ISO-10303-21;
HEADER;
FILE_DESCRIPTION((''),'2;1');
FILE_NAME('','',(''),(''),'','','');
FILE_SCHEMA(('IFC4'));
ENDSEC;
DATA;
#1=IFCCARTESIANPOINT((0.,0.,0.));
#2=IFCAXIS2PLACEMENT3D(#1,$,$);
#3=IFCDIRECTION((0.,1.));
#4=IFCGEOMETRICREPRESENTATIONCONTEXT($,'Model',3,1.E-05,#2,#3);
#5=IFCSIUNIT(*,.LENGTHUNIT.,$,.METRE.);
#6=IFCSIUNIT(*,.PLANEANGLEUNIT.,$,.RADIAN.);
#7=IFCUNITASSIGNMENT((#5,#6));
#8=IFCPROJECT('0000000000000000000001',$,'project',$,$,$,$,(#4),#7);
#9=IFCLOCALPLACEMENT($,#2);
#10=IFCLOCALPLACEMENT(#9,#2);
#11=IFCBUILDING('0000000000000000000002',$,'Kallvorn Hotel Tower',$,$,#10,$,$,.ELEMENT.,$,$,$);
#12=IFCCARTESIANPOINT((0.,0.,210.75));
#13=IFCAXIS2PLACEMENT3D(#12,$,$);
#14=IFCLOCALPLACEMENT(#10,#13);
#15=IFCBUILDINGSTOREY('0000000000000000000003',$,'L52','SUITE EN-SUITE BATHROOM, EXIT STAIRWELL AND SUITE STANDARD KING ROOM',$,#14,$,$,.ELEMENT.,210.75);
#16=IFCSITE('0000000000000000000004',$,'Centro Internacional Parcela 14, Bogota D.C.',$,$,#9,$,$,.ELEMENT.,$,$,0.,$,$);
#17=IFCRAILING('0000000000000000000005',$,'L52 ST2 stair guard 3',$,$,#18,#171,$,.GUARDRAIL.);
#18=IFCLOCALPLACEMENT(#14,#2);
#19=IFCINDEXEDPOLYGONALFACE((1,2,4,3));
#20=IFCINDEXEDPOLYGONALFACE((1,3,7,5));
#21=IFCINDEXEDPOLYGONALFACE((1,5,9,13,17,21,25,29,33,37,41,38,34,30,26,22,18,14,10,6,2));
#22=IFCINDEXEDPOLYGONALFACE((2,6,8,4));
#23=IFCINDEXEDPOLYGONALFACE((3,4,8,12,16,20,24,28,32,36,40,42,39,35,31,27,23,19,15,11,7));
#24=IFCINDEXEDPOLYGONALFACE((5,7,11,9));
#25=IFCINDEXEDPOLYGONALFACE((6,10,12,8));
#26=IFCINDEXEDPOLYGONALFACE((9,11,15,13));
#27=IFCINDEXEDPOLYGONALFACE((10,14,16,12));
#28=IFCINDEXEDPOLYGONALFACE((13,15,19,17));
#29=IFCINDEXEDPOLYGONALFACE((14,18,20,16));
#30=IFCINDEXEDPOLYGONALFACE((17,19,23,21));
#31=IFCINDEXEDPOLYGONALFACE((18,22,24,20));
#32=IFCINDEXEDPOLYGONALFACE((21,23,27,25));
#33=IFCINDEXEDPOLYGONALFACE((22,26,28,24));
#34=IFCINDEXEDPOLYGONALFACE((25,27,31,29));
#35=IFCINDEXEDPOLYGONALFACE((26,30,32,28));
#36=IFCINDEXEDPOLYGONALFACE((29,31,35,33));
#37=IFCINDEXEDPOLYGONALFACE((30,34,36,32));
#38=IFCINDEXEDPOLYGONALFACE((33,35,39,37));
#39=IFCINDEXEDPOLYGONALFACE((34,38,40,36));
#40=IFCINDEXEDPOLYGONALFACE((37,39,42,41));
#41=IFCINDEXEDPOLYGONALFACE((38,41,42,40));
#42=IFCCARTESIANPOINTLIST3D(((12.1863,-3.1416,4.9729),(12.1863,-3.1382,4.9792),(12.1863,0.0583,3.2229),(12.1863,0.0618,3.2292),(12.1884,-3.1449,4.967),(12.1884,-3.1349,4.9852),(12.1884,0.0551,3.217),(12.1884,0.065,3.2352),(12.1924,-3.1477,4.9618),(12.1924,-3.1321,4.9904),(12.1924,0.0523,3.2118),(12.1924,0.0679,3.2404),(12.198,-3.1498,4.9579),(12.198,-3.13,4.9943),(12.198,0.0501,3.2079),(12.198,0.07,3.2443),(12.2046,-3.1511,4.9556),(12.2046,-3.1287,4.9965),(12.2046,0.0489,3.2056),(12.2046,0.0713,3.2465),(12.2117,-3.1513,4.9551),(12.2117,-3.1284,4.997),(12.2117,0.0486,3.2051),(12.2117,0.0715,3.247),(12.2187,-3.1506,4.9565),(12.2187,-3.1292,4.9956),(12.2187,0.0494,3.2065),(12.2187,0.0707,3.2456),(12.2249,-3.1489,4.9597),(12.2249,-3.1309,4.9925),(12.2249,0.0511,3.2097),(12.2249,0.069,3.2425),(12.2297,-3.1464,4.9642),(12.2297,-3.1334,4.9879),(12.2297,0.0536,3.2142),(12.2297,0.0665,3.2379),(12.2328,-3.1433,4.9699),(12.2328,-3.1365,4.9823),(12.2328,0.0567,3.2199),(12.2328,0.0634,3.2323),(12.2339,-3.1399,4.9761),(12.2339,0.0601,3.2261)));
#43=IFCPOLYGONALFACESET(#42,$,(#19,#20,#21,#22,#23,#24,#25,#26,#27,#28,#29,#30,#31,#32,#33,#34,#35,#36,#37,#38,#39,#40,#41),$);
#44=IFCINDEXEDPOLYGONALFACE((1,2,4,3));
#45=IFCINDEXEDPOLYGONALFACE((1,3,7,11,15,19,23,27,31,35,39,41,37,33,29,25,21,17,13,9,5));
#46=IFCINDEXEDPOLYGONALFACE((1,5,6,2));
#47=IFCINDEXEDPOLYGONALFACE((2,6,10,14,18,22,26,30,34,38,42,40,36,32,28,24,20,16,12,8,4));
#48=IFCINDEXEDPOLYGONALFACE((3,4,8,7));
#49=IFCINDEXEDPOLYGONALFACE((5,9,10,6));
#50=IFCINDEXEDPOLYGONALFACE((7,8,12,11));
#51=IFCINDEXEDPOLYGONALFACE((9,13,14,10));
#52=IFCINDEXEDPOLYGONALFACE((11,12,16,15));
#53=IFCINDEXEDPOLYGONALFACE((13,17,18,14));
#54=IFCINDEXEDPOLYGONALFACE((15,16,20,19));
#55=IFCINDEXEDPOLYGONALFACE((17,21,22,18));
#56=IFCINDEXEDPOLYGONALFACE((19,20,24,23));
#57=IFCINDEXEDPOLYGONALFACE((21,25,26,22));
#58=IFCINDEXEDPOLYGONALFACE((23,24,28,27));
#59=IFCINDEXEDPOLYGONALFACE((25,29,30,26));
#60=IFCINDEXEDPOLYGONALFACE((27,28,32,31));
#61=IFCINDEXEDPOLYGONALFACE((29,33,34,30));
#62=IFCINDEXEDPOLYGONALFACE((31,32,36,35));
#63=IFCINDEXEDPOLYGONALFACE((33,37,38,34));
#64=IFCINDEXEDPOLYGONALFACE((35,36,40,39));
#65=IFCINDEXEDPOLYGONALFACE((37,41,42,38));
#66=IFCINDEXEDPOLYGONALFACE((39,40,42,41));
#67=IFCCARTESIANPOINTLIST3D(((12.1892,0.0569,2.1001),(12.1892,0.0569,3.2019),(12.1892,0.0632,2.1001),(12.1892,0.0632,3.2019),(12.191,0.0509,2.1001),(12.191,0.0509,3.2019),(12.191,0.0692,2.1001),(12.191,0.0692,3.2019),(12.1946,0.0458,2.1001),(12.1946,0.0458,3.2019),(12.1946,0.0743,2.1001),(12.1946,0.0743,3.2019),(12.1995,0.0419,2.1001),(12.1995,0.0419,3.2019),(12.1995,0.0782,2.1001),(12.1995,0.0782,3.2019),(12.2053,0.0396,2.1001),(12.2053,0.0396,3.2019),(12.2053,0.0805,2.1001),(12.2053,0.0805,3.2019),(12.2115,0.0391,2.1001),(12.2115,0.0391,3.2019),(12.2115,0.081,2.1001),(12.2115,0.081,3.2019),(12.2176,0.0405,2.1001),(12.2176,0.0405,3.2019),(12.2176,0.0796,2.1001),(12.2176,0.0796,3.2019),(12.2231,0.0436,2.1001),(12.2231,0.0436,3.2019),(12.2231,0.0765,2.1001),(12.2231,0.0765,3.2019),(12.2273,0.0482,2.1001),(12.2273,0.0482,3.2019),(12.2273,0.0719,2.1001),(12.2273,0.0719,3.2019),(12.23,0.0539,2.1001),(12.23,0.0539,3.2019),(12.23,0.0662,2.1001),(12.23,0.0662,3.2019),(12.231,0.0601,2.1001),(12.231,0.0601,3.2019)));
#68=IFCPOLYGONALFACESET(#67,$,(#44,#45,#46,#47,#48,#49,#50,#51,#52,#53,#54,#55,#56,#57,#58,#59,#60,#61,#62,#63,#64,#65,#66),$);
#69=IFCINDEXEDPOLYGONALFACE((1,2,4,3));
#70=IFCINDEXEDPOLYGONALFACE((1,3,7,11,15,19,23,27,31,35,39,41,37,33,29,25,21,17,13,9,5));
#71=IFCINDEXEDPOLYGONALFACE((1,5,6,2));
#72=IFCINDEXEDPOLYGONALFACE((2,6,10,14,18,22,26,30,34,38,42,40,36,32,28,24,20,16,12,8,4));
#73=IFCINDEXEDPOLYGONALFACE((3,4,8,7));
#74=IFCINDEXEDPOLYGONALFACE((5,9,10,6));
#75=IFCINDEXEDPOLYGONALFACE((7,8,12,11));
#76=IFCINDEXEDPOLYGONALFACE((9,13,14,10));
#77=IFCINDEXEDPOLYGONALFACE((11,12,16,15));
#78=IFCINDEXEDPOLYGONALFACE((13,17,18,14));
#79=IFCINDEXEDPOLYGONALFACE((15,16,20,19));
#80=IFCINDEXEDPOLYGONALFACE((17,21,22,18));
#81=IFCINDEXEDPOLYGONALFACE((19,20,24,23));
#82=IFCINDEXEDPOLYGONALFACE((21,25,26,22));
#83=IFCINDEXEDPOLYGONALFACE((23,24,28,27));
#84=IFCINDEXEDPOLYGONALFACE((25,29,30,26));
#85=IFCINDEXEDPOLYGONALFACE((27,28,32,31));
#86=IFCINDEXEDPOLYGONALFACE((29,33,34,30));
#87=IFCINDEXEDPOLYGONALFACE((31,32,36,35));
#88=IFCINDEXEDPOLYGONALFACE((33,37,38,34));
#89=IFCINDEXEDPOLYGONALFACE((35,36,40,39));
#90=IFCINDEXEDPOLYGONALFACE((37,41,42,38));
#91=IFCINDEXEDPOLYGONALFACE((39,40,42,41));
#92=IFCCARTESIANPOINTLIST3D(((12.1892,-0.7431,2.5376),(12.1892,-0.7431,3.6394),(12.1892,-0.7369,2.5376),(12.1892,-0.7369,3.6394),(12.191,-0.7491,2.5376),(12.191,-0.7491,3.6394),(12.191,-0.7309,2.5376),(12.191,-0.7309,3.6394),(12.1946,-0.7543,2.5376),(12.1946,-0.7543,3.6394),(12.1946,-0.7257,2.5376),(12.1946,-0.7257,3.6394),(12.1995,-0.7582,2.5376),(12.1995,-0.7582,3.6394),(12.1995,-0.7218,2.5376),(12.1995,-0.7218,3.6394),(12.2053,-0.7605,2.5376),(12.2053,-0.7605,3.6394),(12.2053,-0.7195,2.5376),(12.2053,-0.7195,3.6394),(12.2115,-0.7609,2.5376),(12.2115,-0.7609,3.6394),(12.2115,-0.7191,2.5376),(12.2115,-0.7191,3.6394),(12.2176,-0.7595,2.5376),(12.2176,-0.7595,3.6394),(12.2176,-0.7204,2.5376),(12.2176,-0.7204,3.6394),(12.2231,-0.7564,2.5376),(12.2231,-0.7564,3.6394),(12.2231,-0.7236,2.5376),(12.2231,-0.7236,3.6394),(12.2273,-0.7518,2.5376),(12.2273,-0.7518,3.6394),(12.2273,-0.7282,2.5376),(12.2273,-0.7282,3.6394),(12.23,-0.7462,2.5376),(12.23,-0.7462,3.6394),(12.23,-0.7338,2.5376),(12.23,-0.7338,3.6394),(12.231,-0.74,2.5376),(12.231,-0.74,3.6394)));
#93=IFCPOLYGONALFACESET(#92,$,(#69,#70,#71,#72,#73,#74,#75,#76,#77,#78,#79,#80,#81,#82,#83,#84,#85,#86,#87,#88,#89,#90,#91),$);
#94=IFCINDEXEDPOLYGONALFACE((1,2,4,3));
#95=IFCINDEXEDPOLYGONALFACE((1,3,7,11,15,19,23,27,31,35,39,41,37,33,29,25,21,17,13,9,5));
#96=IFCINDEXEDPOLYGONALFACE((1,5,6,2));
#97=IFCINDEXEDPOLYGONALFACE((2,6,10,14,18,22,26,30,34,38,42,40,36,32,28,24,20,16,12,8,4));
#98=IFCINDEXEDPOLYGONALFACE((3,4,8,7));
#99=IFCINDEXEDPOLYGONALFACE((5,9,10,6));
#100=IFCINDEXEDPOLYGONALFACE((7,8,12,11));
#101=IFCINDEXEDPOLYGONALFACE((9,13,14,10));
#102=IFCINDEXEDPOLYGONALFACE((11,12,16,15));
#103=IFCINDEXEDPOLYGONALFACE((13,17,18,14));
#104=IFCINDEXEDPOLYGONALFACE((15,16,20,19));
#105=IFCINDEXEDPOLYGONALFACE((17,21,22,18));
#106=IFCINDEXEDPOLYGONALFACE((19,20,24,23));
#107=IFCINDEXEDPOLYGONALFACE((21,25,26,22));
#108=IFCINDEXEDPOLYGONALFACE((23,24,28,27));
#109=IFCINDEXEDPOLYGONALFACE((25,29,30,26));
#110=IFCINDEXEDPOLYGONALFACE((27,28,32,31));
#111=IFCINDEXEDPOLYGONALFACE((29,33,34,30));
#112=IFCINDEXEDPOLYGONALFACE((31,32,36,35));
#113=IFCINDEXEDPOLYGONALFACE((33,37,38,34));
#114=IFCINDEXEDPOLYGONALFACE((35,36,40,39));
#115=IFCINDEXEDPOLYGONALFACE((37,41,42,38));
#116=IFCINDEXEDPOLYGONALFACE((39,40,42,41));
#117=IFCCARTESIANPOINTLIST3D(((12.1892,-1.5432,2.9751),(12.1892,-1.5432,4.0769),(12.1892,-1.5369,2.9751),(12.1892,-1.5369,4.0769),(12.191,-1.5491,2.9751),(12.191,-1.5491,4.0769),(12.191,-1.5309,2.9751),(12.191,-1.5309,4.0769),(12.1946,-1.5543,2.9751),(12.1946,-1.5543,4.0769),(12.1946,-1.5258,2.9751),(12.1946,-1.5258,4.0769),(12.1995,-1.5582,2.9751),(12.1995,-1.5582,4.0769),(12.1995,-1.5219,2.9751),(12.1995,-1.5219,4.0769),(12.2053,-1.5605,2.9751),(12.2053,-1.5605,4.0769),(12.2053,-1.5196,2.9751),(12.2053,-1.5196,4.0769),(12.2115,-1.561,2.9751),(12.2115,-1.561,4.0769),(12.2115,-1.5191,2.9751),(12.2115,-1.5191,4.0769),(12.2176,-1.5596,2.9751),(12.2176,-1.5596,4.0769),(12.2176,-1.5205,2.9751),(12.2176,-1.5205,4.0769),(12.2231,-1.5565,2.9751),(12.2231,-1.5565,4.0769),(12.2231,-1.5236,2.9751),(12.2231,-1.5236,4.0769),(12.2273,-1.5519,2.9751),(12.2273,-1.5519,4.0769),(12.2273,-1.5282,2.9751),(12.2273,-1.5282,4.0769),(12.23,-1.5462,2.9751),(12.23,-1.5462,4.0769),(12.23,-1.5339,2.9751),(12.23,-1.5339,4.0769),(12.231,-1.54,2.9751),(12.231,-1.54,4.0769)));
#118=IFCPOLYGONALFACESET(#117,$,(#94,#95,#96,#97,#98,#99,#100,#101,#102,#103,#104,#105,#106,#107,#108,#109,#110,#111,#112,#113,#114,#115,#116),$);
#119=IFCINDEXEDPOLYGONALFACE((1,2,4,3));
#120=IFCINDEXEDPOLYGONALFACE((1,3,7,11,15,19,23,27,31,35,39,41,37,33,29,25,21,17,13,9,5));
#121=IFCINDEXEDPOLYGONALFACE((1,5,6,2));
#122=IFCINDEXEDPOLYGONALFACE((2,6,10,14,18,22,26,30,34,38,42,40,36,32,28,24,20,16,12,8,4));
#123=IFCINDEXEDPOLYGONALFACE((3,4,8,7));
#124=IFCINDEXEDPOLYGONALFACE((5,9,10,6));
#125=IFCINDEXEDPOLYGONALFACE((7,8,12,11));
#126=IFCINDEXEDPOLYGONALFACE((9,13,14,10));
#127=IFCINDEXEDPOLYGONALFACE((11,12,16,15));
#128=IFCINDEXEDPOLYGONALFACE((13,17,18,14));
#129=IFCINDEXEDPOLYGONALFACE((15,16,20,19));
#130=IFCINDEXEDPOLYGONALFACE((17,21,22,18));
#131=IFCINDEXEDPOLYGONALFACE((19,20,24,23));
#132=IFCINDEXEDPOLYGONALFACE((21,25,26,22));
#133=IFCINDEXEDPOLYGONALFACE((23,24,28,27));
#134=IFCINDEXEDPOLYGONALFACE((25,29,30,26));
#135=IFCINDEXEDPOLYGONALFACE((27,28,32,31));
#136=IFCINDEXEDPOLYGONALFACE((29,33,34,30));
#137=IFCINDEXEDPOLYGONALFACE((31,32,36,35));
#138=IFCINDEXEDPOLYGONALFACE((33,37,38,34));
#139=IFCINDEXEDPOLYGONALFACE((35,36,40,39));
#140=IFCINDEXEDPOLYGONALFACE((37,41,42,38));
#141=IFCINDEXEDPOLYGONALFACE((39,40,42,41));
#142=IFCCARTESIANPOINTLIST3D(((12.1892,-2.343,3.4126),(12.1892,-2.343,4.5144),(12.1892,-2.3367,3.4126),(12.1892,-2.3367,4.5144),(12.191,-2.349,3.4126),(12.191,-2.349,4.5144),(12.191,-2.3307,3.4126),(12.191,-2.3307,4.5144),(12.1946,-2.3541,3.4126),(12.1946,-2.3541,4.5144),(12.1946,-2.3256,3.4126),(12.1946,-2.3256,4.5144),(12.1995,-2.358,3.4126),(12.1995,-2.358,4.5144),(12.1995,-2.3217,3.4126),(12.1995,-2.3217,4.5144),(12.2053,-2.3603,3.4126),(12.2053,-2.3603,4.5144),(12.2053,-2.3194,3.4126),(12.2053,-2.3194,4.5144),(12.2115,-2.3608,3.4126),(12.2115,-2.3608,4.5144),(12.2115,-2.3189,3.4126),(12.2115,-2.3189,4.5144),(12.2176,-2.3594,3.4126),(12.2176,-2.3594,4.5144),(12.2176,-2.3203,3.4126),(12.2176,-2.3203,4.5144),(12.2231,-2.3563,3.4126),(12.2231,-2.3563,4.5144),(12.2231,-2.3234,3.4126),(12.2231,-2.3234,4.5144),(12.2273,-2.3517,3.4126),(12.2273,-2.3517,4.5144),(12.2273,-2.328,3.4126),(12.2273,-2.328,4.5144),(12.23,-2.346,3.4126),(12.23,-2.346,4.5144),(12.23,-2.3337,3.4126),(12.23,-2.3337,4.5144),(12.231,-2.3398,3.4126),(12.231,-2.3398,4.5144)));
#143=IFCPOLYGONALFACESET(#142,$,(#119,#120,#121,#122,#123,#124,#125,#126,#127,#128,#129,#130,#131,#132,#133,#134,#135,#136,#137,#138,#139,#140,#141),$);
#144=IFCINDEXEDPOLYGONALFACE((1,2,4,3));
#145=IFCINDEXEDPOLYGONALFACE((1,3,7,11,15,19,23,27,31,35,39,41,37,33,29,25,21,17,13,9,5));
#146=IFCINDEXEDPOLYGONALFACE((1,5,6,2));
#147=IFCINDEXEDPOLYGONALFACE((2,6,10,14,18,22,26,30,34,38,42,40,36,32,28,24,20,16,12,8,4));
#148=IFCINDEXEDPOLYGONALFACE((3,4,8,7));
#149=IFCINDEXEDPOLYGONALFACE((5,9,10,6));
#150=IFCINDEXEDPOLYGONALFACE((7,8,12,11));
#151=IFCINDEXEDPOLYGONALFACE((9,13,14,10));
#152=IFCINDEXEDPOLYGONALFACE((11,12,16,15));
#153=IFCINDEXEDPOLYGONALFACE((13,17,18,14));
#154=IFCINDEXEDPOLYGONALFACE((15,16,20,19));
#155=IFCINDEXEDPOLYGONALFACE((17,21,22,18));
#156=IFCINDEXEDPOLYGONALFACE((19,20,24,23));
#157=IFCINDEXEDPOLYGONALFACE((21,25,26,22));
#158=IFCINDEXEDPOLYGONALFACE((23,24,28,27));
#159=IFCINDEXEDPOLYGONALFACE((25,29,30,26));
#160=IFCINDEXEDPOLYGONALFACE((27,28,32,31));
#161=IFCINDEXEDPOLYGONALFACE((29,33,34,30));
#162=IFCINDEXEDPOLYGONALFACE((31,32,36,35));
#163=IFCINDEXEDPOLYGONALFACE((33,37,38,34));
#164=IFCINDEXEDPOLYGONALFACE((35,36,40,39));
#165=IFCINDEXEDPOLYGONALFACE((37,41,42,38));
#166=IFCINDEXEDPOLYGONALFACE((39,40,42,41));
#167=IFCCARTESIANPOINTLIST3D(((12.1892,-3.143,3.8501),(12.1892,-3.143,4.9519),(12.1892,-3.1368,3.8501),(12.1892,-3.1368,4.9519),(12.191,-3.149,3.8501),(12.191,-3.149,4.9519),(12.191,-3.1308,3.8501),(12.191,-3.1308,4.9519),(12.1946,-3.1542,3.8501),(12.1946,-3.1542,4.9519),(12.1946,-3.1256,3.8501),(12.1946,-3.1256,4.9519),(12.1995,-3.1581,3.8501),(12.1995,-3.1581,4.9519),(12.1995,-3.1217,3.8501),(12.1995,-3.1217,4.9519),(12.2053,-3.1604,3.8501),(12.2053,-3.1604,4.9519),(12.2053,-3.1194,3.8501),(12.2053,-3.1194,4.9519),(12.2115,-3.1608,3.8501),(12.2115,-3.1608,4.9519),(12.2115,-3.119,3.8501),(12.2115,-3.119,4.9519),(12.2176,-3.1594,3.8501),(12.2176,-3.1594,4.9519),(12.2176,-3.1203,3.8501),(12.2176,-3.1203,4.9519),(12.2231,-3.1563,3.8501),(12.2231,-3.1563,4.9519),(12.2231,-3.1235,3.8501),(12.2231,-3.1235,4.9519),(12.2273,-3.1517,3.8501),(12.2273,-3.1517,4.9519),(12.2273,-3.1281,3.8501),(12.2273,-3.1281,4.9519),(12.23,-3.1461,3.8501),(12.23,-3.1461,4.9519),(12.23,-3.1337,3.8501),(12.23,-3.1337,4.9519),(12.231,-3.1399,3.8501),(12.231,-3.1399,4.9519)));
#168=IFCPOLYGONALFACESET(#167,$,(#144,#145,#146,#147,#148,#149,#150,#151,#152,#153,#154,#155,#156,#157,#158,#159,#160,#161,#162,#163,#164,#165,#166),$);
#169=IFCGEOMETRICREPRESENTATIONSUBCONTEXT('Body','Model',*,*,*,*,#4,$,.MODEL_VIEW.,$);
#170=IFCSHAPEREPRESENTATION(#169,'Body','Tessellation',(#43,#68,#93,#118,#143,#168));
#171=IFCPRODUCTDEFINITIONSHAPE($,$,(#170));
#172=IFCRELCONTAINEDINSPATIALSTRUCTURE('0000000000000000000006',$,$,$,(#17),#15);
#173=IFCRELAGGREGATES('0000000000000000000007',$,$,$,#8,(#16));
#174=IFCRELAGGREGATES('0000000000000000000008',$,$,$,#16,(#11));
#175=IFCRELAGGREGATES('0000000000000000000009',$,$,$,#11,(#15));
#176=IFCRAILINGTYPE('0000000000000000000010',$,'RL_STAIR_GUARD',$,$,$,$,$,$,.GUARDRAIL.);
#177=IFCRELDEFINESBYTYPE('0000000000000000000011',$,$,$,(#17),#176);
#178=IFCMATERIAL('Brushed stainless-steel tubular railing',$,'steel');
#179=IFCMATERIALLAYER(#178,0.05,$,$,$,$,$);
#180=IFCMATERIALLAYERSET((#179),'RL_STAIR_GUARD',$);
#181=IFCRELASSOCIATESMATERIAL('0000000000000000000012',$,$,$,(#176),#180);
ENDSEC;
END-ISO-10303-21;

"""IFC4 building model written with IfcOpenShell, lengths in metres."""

from ifc_helpers import new_model, si_unit, direction, frame, origin, origin_2d, place, context, subcontext, project, spatial, circle, extrude, material, layer, layer_set, type_object, element, save


model = new_model("IFC4")

# Units and contexts
model_context = context("Model", 3, precision=1e-05, world=origin(), true_north=direction((0.0, 1.0)))
body_context = subcontext(model_context, "Body", "Model", "MODEL_VIEW")
ifc_project = project(units=[si_unit("LENGTHUNIT", "METRE"), si_unit("PLANEANGLEUNIT", "RADIAN")], contexts=[model_context])

# Site, building, storey
site_placement = place(None, origin())
site = spatial("IfcSite", under=ifc_project, at=site_placement, Name="Centro Internacional Parcela 14, Bogota D.C.", CompositionType="ELEMENT", RefElevation=0.0)
building_placement = place(site_placement, origin())
building = spatial("IfcBuilding", under=site, at=building_placement, Name="Kallvorn Hotel Tower", CompositionType="ELEMENT")
storey_placement = place(building_placement, frame((0.0, 0.0, 210.75)))
storey = spatial("IfcBuildingStorey", under=building, at=storey_placement, Name="L52", Description="SUITE EN-SUITE BATHROOM, EXIT STAIRWELL AND SUITE STANDARD KING ROOM", CompositionType="ELEMENT", Elevation=210.75)

# Railing
ifc_material_1 = material(Name="Brushed stainless-steel tubular railing", Category="steel")
ifc_layer_1 = layer(ifc_material_1, 0.05)
ifc_layer_set_1 = layer_set([ifc_layer_1], Name="RL_STAIR_GUARD")
railing_type_1 = type_object("IfcRailingType", Name="RL_STAIR_GUARD", PredefinedType="GUARDRAIL", material=ifc_layer_set_1)
railing_1_placement = place(storey_placement, frame((12.21, 0.0601, 2.1001)))
element("IfcRailing", 1, at=railing_1_placement, inside=storey, type_object=railing_type_1, Name="L52 ST2 stair guard 3", PredefinedType="GUARDRAIL", context=body_context, shape_type="SweptSolid", body=[
    extrude(circle(Radius=0.0239, at=origin_2d()), frame((0.0, 0.0, 1.126), z_axis=(0.0, -0.877368, 0.479818), x_axis=(1.0, 0.0, 0.0)), (0.0, 0.0, 1.0), 3.6472),
    extrude(circle(Radius=0.021, at=origin_2d()), origin(), (0.0, 0.0, 1.0), 1.1018),
    extrude(circle(Radius=0.021, at=origin_2d()), frame((0.0, -0.8, 0.4375)), (0.0, 0.0, 1.0), 1.1018),
    extrude(circle(Radius=0.021, at=origin_2d()), frame((0.0, -1.6001, 0.875)), (0.0, 0.0, 1.0), 1.1018),
    extrude(circle(Radius=0.021, at=origin_2d()), frame((0.0, -2.3999, 1.3125)), (0.0, 0.0, 1.0), 1.1018),
    extrude(circle(Radius=0.021, at=origin_2d()), frame((0.0, -3.2, 1.75)), (0.0, 0.0, 1.0), 1.1018),
])

save(model, "model.ifc")
